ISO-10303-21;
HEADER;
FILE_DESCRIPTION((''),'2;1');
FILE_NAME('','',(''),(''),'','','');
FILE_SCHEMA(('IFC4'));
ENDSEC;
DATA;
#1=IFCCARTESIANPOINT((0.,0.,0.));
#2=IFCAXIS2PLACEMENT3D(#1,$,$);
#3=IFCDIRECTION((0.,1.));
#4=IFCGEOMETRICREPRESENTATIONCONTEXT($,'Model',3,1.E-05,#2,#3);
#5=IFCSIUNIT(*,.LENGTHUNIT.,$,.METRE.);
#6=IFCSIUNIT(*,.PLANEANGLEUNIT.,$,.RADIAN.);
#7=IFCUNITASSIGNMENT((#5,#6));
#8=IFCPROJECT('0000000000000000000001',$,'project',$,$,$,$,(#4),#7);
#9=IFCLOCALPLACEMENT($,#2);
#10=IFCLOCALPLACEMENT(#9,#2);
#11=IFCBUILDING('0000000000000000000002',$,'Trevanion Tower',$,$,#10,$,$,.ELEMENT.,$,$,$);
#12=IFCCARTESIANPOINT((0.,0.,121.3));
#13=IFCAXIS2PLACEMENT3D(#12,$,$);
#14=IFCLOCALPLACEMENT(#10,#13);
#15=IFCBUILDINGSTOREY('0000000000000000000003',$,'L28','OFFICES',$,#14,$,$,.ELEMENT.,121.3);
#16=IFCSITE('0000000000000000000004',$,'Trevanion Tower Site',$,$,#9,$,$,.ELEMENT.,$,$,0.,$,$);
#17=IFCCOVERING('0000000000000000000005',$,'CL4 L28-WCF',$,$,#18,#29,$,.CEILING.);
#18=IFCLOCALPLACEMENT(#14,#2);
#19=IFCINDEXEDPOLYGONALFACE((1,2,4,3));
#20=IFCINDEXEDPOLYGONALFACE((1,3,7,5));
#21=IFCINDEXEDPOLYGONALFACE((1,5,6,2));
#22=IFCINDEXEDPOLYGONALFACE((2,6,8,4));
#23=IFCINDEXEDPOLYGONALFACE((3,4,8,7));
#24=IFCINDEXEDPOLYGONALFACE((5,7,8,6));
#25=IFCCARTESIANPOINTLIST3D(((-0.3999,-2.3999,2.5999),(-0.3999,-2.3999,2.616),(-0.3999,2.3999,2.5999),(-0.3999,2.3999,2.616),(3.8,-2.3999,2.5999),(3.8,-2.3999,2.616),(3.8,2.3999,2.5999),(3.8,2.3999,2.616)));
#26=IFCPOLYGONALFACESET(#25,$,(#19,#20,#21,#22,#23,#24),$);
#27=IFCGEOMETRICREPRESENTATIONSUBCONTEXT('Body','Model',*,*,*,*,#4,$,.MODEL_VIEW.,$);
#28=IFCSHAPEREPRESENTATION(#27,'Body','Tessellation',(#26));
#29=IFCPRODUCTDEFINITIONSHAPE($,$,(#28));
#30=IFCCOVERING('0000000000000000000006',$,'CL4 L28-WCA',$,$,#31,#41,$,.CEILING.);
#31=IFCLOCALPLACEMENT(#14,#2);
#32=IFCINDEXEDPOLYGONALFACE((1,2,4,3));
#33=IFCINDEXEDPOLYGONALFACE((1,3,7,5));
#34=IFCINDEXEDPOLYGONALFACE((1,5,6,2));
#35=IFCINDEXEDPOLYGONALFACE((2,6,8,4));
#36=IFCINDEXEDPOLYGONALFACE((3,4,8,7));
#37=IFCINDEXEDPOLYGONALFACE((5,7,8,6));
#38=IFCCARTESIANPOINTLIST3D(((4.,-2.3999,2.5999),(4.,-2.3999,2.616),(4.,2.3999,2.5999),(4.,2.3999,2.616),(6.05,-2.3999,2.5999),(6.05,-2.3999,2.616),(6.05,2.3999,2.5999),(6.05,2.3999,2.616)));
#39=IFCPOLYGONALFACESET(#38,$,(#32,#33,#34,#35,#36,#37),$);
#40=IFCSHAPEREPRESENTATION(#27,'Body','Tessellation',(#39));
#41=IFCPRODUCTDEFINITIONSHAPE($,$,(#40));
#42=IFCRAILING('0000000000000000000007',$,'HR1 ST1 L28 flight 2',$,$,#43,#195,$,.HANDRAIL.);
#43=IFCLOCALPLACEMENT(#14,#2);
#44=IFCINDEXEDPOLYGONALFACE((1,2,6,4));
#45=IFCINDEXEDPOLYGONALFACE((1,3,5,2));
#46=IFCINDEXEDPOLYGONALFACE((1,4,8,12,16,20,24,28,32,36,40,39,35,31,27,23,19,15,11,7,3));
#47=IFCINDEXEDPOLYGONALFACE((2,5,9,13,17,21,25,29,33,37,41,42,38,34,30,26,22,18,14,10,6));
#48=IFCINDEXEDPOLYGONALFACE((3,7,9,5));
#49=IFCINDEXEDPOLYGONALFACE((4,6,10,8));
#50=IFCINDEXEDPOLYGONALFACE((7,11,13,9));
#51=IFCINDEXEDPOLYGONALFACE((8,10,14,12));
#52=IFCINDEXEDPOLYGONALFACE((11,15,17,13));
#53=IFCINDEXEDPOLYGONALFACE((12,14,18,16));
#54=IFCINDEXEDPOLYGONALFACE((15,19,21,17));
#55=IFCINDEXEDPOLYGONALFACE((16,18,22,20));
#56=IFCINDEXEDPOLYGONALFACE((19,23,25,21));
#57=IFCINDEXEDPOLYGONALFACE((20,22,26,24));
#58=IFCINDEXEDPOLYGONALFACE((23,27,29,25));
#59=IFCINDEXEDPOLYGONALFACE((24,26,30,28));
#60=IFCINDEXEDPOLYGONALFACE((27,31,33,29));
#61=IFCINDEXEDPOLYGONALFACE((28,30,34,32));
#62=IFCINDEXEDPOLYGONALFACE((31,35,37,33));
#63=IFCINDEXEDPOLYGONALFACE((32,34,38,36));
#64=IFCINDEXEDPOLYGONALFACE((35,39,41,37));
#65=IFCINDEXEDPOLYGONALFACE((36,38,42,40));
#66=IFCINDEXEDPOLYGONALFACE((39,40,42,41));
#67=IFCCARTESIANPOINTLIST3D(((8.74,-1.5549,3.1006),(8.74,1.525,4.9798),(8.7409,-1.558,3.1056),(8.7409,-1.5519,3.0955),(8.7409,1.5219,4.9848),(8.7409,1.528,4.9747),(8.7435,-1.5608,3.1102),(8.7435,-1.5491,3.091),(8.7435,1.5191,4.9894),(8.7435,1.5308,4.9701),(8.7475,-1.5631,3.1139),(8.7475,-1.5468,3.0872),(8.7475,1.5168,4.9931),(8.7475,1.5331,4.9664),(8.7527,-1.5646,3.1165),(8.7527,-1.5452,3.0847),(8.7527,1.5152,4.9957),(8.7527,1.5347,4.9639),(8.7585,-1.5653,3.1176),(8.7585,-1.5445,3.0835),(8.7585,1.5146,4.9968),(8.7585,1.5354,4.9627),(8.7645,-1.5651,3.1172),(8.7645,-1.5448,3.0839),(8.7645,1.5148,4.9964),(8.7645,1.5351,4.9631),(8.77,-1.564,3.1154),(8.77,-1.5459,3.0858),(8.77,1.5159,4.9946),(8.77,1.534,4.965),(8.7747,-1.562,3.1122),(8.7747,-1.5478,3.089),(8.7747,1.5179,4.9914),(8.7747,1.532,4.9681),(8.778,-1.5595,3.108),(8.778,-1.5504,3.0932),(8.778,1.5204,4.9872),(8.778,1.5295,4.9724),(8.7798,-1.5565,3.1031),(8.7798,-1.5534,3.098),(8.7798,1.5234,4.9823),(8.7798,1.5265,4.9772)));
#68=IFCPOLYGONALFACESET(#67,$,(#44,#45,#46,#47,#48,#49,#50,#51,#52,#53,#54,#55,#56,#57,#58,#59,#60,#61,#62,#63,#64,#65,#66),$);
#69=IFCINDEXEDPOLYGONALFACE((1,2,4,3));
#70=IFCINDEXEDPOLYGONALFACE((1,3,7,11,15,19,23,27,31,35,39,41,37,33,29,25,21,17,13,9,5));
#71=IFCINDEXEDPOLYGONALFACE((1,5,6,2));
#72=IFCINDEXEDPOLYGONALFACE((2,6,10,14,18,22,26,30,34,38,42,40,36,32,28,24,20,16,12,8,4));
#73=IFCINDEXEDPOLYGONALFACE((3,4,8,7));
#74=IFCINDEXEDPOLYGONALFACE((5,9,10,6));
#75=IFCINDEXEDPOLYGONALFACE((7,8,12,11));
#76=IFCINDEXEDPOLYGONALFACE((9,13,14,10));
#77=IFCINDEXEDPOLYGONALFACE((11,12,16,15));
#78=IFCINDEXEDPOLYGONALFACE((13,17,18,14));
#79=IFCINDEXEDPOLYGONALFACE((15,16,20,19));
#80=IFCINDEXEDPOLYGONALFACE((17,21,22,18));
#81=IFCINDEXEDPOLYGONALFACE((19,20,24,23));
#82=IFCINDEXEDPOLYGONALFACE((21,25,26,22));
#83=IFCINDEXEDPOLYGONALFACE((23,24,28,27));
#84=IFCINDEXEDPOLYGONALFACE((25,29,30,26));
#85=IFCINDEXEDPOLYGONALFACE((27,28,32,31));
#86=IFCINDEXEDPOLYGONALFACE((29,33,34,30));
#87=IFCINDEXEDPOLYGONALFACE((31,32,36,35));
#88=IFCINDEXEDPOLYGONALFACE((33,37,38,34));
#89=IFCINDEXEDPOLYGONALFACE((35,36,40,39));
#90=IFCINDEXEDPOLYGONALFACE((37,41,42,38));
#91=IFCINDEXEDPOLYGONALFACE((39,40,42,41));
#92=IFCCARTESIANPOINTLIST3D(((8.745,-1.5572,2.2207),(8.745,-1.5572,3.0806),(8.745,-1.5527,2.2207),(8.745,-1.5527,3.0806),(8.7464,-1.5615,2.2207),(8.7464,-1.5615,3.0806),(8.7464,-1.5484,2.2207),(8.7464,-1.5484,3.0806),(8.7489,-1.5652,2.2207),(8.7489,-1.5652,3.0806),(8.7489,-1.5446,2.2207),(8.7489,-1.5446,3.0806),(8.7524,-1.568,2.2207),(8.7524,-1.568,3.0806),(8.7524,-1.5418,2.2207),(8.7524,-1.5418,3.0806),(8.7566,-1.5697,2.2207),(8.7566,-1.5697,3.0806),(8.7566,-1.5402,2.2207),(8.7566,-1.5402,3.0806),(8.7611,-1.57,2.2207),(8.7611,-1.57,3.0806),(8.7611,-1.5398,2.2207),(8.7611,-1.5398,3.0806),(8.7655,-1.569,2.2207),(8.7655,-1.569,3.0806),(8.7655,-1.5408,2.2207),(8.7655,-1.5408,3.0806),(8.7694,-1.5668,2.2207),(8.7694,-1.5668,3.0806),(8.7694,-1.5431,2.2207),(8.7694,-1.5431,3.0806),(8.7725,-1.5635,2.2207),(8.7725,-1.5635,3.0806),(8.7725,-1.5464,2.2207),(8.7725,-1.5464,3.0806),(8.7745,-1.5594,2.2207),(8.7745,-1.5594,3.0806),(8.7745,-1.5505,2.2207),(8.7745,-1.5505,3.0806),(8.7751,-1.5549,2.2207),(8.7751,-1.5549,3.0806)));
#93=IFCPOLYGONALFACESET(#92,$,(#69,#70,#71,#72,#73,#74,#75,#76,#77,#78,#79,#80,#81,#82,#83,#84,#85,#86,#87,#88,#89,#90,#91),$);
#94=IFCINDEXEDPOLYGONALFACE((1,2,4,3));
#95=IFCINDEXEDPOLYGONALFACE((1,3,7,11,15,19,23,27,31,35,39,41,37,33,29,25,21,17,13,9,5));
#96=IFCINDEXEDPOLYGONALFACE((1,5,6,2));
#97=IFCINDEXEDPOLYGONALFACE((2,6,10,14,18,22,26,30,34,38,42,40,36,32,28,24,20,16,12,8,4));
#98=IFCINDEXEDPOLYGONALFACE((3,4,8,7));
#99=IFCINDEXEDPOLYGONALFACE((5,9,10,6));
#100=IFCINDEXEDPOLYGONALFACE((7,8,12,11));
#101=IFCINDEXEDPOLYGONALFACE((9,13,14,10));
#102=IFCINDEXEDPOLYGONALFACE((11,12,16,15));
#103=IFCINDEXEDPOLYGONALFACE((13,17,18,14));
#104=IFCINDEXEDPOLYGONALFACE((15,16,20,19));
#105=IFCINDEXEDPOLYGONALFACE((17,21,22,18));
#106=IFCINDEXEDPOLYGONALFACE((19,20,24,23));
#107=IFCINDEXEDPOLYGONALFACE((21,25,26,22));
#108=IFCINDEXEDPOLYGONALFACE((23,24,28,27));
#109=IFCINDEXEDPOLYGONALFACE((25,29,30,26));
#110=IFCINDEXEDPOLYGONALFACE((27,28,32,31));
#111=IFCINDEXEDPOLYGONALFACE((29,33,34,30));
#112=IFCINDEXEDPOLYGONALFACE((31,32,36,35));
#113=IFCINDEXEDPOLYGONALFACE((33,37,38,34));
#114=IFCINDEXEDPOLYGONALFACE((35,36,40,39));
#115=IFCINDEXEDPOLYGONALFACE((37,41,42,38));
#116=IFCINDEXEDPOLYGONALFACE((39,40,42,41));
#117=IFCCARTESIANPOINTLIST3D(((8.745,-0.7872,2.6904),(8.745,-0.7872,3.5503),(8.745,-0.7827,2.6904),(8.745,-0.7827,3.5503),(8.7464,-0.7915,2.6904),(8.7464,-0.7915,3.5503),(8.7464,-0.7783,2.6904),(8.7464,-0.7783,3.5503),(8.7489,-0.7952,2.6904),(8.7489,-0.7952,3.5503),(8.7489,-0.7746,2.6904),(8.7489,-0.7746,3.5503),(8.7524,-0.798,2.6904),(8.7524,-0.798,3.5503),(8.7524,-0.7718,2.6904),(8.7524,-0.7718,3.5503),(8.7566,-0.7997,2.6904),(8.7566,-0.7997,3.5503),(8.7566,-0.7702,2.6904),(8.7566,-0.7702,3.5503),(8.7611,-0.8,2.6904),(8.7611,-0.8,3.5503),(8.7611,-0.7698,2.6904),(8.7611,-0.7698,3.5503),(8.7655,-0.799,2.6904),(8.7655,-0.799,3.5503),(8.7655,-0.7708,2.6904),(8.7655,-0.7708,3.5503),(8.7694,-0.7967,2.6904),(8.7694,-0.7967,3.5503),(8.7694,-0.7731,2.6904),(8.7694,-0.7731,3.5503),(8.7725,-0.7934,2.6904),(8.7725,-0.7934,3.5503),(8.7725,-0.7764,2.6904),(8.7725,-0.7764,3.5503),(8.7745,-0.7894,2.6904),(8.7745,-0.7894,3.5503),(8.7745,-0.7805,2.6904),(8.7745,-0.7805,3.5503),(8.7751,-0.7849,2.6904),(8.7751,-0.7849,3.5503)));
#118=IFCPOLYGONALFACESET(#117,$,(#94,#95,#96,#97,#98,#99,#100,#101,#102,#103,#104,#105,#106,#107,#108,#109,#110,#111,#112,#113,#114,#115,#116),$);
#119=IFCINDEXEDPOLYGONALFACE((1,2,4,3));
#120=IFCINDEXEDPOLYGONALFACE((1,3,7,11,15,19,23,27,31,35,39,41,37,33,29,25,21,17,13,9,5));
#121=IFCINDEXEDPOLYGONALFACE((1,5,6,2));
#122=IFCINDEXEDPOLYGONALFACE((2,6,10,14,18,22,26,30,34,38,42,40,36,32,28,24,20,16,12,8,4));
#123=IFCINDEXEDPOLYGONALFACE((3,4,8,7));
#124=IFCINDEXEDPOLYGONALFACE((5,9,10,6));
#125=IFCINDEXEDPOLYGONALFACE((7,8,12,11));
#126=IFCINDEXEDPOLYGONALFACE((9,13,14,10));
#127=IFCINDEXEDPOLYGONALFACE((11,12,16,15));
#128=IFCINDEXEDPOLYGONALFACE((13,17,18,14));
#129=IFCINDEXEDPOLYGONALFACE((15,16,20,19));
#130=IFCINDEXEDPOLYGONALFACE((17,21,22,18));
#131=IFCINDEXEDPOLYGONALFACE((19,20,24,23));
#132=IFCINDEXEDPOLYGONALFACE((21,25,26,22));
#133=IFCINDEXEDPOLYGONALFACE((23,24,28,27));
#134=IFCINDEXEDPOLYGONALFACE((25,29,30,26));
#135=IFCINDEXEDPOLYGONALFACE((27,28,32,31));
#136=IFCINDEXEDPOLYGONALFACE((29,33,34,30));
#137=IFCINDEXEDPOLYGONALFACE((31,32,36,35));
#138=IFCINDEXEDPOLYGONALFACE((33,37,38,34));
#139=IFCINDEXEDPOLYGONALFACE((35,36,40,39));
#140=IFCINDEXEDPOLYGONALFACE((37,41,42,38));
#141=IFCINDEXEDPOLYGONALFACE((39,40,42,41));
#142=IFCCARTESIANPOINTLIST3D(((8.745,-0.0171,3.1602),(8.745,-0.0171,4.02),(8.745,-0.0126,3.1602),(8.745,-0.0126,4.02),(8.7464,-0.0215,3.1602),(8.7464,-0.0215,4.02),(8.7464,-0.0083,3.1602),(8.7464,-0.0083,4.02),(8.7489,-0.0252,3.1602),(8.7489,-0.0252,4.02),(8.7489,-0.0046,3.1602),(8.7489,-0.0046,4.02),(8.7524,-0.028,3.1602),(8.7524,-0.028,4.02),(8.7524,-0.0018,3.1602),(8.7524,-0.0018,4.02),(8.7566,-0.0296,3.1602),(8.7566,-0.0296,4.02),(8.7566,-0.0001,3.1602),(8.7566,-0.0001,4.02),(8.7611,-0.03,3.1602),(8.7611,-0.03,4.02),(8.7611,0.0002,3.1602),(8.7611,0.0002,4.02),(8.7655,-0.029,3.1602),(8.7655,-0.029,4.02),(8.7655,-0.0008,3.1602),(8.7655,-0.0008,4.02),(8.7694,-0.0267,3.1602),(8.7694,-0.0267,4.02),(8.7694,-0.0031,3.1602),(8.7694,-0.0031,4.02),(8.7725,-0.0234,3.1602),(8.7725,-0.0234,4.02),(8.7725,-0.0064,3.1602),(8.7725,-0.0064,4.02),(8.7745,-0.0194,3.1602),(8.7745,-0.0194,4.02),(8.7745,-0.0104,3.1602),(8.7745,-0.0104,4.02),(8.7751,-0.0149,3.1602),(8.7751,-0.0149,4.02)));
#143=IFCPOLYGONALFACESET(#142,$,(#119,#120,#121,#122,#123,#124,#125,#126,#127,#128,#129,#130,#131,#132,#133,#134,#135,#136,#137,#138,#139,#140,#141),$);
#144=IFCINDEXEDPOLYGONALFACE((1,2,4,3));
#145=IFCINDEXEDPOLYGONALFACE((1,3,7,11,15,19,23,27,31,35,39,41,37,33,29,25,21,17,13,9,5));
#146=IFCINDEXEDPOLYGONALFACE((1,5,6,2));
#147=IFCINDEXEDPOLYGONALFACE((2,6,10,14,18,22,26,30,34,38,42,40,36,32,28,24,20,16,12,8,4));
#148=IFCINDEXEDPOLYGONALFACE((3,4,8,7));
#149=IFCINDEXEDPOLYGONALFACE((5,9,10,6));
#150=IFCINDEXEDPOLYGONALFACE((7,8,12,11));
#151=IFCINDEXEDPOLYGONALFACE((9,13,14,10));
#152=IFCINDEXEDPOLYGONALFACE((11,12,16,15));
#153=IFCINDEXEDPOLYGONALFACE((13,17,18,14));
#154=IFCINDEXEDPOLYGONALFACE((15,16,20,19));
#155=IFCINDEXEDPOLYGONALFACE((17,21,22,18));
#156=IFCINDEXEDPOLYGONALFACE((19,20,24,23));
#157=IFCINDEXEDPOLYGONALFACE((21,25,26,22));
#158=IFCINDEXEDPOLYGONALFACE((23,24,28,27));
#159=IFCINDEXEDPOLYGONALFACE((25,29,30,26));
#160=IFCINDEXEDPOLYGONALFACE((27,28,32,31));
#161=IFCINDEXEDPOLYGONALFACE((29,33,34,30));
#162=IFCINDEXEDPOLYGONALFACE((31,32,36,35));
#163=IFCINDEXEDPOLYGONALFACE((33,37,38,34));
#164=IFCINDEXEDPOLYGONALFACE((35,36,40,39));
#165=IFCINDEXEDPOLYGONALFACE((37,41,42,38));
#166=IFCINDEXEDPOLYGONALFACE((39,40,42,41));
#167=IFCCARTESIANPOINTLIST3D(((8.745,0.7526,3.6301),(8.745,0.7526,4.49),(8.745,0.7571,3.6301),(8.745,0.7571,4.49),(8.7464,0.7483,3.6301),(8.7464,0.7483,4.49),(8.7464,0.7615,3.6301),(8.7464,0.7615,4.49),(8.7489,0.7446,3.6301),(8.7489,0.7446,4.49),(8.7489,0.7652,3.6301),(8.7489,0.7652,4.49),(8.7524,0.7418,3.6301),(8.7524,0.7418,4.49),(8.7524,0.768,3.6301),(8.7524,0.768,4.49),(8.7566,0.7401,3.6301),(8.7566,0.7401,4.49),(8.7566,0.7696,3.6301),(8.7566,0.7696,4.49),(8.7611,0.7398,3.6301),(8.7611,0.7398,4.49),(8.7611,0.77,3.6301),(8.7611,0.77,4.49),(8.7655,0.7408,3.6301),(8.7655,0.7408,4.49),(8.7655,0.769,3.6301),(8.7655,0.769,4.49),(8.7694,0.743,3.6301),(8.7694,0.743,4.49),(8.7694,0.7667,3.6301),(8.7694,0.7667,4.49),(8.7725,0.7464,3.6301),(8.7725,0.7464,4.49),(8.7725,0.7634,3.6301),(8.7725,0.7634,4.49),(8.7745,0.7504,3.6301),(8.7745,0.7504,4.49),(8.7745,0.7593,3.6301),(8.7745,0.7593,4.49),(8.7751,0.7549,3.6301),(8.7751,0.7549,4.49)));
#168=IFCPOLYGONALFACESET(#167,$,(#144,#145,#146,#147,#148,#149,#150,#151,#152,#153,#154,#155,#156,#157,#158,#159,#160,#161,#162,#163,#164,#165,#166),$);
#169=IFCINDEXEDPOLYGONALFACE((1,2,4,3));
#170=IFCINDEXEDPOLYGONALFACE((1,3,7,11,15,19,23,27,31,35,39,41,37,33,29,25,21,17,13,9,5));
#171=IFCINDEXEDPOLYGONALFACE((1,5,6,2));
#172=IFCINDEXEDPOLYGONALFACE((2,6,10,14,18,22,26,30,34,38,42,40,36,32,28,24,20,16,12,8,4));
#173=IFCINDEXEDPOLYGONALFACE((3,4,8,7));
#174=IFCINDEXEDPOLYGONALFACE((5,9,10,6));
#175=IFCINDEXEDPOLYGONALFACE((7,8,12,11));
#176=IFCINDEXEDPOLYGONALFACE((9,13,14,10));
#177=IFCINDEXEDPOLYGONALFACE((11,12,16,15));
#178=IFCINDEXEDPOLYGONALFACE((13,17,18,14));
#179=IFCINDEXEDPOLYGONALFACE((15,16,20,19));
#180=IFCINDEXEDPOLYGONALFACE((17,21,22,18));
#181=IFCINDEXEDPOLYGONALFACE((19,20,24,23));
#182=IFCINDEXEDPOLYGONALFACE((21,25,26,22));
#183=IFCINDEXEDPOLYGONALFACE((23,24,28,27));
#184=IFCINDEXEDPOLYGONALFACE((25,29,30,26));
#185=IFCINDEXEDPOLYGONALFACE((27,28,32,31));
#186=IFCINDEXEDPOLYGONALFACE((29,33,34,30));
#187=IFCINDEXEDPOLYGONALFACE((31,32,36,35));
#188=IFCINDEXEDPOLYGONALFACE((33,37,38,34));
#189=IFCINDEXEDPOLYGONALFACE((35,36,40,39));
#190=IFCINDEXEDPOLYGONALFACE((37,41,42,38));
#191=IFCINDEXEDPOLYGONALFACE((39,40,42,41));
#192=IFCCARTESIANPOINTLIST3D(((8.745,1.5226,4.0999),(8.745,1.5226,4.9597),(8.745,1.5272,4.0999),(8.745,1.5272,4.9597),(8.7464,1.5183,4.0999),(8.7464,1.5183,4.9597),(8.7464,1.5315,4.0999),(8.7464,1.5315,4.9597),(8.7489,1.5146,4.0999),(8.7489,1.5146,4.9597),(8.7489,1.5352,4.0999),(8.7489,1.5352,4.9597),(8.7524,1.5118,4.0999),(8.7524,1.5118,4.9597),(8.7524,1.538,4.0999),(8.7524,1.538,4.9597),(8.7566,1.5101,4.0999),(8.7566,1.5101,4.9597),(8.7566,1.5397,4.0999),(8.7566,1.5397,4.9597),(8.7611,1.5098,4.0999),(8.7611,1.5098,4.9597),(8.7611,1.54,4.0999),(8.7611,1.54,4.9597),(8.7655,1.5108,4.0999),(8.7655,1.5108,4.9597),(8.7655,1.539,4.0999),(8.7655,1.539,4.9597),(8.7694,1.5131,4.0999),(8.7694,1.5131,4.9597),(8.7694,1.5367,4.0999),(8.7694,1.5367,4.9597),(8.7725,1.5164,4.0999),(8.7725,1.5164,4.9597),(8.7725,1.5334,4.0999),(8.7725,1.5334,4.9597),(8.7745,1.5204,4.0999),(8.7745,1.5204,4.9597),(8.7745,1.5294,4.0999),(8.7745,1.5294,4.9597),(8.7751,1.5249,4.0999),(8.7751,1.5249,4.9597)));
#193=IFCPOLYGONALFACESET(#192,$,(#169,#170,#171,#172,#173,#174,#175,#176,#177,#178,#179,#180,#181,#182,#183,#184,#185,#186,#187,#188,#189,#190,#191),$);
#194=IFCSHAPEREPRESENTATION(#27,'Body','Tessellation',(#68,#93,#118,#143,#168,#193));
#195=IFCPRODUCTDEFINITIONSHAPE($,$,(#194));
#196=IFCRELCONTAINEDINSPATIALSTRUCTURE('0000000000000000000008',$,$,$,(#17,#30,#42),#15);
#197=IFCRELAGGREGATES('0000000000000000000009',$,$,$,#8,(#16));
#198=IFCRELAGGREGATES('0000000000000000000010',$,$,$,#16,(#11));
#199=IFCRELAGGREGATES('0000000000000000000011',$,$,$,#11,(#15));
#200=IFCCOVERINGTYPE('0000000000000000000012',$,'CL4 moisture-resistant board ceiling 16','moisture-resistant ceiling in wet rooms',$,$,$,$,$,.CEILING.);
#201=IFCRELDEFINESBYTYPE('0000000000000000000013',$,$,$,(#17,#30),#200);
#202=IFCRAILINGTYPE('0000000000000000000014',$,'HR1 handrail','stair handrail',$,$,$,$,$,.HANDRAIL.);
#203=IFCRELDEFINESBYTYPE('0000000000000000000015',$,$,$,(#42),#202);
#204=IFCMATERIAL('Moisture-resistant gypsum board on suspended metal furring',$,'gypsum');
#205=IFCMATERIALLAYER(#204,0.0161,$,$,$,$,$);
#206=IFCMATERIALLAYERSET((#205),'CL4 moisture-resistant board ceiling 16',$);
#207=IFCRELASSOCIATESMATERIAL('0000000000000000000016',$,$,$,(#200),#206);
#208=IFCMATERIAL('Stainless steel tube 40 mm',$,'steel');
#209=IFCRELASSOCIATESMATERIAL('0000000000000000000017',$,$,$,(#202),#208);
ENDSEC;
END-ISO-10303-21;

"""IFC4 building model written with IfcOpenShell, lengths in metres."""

from ifc_helpers import new_model, si_unit, direction, frame, origin, origin_2d, place, context, subcontext, project, spatial, polyline, circle, outline, extrude, material, layer, layer_set, type_object, element, save


model = new_model("IFC4")

# Units and contexts
model_context = context("Model", 3, precision=1e-05, world=origin(), true_north=direction((0.0, 1.0)))
body_context = subcontext(model_context, "Body", "Model", "MODEL_VIEW")
ifc_project = project(units=[si_unit("LENGTHUNIT", "METRE"), si_unit("PLANEANGLEUNIT", "RADIAN")], contexts=[model_context])

# Site, building, storey
site_placement = place(None, origin())
site = spatial("IfcSite", under=ifc_project, at=site_placement, Name="Trevanion Tower Site", CompositionType="ELEMENT", RefElevation=0.0)
building_placement = place(site_placement, origin())
building = spatial("IfcBuilding", under=site, at=building_placement, Name="Trevanion Tower", CompositionType="ELEMENT")
storey_placement = place(building_placement, frame((0.0, 0.0, 121.3)))
storey = spatial("IfcBuildingStorey", under=building, at=storey_placement, Name="L28", Description="OFFICES", CompositionType="ELEMENT", Elevation=121.3)

# Coverings
ifc_material_1 = material(Name="Moisture-resistant gypsum board on suspended metal furring", Category="gypsum")
ifc_layer_1 = layer(ifc_material_1, 0.0161)
ifc_layer_set_1 = layer_set([ifc_layer_1], Name="CL4 moisture-resistant board ceiling 16")
covering_type_1 = type_object("IfcCoveringType", Name="CL4 moisture-resistant board ceiling 16", Description="moisture-resistant ceiling in wet rooms", PredefinedType="CEILING", material=ifc_layer_set_1)
covering_1_placement = place(storey_placement, frame((0.0, 0.0, 2.5999)))
element("IfcCovering", 1, at=covering_1_placement, inside=storey, type_object=covering_type_1, Name="CL4 L28-WCF", PredefinedType="CEILING", context=body_context, shape_type="SweptSolid", body=[
    extrude(outline(polyline([(3.8, -2.3999), (3.8, 2.3999), (-0.3999, 2.3999), (-0.3999, -2.3999), (3.8, -2.3999)])), origin(), (0.0, 0.0, 1.0), 0.0161),
])
covering_2_placement = place(storey_placement, frame((0.0, 0.0, 2.5999)))
element("IfcCovering", 2, at=covering_2_placement, inside=storey, type_object=covering_type_1, Name="CL4 L28-WCA", PredefinedType="CEILING", context=body_context, shape_type="SweptSolid", body=[
    extrude(outline(polyline([(6.05, -2.3999), (6.05, 2.3999), (4.0, 2.3999), (4.0, -2.3999), (6.05, -2.3999)])), origin(), (0.0, 0.0, 1.0), 0.0161),
])

# Railing
ifc_material_2 = material(Name="Stainless steel tube 40 mm", Category="steel")
railing_type = type_object("IfcRailingType", Name="HR1 handrail", Description="stair handrail", PredefinedType="HANDRAIL", material=ifc_material_2)
for number, where, name in (
    (3, (8.76, -1.5549, 2.2207), "HR1 ST1 L28 flight 2"),
):
    element("IfcRailing", number, at=place(storey_placement, frame(where)), inside=storey, type_object=railing_type, Name=name, PredefinedType="HANDRAIL", context=body_context, shape_type="SweptSolid", body=[
        extrude(circle(Radius=0.02, at=origin_2d()), frame((0.0, 0.0, 0.8799), z_axis=(0.0, 0.853648, 0.52085), x_axis=(-1.0, 0.0, 0.0)), (0.0, 0.0, 1.0), 3.6079),
        extrude(circle(Radius=0.0151, at=origin_2d()), origin(), (0.0, 0.0, 1.0), 0.8599),
        extrude(circle(Radius=0.0151, at=origin_2d()), frame((0.0, 0.77, 0.4697)), (0.0, 0.0, 1.0), 0.8599),
        extrude(circle(Radius=0.0151, at=origin_2d()), frame((0.0, 1.54, 0.9395)), (0.0, 0.0, 1.0), 0.8599),
        extrude(circle(Radius=0.0151, at=origin_2d()), frame((0.0, 2.3098, 1.4094)), (0.0, 0.0, 1.0), 0.8599),
        extrude(circle(Radius=0.0151, at=origin_2d()), frame((0.0, 3.0798, 1.8792)), (0.0, 0.0, 1.0), 0.8599),
    ])

save(model, "model.ifc")
